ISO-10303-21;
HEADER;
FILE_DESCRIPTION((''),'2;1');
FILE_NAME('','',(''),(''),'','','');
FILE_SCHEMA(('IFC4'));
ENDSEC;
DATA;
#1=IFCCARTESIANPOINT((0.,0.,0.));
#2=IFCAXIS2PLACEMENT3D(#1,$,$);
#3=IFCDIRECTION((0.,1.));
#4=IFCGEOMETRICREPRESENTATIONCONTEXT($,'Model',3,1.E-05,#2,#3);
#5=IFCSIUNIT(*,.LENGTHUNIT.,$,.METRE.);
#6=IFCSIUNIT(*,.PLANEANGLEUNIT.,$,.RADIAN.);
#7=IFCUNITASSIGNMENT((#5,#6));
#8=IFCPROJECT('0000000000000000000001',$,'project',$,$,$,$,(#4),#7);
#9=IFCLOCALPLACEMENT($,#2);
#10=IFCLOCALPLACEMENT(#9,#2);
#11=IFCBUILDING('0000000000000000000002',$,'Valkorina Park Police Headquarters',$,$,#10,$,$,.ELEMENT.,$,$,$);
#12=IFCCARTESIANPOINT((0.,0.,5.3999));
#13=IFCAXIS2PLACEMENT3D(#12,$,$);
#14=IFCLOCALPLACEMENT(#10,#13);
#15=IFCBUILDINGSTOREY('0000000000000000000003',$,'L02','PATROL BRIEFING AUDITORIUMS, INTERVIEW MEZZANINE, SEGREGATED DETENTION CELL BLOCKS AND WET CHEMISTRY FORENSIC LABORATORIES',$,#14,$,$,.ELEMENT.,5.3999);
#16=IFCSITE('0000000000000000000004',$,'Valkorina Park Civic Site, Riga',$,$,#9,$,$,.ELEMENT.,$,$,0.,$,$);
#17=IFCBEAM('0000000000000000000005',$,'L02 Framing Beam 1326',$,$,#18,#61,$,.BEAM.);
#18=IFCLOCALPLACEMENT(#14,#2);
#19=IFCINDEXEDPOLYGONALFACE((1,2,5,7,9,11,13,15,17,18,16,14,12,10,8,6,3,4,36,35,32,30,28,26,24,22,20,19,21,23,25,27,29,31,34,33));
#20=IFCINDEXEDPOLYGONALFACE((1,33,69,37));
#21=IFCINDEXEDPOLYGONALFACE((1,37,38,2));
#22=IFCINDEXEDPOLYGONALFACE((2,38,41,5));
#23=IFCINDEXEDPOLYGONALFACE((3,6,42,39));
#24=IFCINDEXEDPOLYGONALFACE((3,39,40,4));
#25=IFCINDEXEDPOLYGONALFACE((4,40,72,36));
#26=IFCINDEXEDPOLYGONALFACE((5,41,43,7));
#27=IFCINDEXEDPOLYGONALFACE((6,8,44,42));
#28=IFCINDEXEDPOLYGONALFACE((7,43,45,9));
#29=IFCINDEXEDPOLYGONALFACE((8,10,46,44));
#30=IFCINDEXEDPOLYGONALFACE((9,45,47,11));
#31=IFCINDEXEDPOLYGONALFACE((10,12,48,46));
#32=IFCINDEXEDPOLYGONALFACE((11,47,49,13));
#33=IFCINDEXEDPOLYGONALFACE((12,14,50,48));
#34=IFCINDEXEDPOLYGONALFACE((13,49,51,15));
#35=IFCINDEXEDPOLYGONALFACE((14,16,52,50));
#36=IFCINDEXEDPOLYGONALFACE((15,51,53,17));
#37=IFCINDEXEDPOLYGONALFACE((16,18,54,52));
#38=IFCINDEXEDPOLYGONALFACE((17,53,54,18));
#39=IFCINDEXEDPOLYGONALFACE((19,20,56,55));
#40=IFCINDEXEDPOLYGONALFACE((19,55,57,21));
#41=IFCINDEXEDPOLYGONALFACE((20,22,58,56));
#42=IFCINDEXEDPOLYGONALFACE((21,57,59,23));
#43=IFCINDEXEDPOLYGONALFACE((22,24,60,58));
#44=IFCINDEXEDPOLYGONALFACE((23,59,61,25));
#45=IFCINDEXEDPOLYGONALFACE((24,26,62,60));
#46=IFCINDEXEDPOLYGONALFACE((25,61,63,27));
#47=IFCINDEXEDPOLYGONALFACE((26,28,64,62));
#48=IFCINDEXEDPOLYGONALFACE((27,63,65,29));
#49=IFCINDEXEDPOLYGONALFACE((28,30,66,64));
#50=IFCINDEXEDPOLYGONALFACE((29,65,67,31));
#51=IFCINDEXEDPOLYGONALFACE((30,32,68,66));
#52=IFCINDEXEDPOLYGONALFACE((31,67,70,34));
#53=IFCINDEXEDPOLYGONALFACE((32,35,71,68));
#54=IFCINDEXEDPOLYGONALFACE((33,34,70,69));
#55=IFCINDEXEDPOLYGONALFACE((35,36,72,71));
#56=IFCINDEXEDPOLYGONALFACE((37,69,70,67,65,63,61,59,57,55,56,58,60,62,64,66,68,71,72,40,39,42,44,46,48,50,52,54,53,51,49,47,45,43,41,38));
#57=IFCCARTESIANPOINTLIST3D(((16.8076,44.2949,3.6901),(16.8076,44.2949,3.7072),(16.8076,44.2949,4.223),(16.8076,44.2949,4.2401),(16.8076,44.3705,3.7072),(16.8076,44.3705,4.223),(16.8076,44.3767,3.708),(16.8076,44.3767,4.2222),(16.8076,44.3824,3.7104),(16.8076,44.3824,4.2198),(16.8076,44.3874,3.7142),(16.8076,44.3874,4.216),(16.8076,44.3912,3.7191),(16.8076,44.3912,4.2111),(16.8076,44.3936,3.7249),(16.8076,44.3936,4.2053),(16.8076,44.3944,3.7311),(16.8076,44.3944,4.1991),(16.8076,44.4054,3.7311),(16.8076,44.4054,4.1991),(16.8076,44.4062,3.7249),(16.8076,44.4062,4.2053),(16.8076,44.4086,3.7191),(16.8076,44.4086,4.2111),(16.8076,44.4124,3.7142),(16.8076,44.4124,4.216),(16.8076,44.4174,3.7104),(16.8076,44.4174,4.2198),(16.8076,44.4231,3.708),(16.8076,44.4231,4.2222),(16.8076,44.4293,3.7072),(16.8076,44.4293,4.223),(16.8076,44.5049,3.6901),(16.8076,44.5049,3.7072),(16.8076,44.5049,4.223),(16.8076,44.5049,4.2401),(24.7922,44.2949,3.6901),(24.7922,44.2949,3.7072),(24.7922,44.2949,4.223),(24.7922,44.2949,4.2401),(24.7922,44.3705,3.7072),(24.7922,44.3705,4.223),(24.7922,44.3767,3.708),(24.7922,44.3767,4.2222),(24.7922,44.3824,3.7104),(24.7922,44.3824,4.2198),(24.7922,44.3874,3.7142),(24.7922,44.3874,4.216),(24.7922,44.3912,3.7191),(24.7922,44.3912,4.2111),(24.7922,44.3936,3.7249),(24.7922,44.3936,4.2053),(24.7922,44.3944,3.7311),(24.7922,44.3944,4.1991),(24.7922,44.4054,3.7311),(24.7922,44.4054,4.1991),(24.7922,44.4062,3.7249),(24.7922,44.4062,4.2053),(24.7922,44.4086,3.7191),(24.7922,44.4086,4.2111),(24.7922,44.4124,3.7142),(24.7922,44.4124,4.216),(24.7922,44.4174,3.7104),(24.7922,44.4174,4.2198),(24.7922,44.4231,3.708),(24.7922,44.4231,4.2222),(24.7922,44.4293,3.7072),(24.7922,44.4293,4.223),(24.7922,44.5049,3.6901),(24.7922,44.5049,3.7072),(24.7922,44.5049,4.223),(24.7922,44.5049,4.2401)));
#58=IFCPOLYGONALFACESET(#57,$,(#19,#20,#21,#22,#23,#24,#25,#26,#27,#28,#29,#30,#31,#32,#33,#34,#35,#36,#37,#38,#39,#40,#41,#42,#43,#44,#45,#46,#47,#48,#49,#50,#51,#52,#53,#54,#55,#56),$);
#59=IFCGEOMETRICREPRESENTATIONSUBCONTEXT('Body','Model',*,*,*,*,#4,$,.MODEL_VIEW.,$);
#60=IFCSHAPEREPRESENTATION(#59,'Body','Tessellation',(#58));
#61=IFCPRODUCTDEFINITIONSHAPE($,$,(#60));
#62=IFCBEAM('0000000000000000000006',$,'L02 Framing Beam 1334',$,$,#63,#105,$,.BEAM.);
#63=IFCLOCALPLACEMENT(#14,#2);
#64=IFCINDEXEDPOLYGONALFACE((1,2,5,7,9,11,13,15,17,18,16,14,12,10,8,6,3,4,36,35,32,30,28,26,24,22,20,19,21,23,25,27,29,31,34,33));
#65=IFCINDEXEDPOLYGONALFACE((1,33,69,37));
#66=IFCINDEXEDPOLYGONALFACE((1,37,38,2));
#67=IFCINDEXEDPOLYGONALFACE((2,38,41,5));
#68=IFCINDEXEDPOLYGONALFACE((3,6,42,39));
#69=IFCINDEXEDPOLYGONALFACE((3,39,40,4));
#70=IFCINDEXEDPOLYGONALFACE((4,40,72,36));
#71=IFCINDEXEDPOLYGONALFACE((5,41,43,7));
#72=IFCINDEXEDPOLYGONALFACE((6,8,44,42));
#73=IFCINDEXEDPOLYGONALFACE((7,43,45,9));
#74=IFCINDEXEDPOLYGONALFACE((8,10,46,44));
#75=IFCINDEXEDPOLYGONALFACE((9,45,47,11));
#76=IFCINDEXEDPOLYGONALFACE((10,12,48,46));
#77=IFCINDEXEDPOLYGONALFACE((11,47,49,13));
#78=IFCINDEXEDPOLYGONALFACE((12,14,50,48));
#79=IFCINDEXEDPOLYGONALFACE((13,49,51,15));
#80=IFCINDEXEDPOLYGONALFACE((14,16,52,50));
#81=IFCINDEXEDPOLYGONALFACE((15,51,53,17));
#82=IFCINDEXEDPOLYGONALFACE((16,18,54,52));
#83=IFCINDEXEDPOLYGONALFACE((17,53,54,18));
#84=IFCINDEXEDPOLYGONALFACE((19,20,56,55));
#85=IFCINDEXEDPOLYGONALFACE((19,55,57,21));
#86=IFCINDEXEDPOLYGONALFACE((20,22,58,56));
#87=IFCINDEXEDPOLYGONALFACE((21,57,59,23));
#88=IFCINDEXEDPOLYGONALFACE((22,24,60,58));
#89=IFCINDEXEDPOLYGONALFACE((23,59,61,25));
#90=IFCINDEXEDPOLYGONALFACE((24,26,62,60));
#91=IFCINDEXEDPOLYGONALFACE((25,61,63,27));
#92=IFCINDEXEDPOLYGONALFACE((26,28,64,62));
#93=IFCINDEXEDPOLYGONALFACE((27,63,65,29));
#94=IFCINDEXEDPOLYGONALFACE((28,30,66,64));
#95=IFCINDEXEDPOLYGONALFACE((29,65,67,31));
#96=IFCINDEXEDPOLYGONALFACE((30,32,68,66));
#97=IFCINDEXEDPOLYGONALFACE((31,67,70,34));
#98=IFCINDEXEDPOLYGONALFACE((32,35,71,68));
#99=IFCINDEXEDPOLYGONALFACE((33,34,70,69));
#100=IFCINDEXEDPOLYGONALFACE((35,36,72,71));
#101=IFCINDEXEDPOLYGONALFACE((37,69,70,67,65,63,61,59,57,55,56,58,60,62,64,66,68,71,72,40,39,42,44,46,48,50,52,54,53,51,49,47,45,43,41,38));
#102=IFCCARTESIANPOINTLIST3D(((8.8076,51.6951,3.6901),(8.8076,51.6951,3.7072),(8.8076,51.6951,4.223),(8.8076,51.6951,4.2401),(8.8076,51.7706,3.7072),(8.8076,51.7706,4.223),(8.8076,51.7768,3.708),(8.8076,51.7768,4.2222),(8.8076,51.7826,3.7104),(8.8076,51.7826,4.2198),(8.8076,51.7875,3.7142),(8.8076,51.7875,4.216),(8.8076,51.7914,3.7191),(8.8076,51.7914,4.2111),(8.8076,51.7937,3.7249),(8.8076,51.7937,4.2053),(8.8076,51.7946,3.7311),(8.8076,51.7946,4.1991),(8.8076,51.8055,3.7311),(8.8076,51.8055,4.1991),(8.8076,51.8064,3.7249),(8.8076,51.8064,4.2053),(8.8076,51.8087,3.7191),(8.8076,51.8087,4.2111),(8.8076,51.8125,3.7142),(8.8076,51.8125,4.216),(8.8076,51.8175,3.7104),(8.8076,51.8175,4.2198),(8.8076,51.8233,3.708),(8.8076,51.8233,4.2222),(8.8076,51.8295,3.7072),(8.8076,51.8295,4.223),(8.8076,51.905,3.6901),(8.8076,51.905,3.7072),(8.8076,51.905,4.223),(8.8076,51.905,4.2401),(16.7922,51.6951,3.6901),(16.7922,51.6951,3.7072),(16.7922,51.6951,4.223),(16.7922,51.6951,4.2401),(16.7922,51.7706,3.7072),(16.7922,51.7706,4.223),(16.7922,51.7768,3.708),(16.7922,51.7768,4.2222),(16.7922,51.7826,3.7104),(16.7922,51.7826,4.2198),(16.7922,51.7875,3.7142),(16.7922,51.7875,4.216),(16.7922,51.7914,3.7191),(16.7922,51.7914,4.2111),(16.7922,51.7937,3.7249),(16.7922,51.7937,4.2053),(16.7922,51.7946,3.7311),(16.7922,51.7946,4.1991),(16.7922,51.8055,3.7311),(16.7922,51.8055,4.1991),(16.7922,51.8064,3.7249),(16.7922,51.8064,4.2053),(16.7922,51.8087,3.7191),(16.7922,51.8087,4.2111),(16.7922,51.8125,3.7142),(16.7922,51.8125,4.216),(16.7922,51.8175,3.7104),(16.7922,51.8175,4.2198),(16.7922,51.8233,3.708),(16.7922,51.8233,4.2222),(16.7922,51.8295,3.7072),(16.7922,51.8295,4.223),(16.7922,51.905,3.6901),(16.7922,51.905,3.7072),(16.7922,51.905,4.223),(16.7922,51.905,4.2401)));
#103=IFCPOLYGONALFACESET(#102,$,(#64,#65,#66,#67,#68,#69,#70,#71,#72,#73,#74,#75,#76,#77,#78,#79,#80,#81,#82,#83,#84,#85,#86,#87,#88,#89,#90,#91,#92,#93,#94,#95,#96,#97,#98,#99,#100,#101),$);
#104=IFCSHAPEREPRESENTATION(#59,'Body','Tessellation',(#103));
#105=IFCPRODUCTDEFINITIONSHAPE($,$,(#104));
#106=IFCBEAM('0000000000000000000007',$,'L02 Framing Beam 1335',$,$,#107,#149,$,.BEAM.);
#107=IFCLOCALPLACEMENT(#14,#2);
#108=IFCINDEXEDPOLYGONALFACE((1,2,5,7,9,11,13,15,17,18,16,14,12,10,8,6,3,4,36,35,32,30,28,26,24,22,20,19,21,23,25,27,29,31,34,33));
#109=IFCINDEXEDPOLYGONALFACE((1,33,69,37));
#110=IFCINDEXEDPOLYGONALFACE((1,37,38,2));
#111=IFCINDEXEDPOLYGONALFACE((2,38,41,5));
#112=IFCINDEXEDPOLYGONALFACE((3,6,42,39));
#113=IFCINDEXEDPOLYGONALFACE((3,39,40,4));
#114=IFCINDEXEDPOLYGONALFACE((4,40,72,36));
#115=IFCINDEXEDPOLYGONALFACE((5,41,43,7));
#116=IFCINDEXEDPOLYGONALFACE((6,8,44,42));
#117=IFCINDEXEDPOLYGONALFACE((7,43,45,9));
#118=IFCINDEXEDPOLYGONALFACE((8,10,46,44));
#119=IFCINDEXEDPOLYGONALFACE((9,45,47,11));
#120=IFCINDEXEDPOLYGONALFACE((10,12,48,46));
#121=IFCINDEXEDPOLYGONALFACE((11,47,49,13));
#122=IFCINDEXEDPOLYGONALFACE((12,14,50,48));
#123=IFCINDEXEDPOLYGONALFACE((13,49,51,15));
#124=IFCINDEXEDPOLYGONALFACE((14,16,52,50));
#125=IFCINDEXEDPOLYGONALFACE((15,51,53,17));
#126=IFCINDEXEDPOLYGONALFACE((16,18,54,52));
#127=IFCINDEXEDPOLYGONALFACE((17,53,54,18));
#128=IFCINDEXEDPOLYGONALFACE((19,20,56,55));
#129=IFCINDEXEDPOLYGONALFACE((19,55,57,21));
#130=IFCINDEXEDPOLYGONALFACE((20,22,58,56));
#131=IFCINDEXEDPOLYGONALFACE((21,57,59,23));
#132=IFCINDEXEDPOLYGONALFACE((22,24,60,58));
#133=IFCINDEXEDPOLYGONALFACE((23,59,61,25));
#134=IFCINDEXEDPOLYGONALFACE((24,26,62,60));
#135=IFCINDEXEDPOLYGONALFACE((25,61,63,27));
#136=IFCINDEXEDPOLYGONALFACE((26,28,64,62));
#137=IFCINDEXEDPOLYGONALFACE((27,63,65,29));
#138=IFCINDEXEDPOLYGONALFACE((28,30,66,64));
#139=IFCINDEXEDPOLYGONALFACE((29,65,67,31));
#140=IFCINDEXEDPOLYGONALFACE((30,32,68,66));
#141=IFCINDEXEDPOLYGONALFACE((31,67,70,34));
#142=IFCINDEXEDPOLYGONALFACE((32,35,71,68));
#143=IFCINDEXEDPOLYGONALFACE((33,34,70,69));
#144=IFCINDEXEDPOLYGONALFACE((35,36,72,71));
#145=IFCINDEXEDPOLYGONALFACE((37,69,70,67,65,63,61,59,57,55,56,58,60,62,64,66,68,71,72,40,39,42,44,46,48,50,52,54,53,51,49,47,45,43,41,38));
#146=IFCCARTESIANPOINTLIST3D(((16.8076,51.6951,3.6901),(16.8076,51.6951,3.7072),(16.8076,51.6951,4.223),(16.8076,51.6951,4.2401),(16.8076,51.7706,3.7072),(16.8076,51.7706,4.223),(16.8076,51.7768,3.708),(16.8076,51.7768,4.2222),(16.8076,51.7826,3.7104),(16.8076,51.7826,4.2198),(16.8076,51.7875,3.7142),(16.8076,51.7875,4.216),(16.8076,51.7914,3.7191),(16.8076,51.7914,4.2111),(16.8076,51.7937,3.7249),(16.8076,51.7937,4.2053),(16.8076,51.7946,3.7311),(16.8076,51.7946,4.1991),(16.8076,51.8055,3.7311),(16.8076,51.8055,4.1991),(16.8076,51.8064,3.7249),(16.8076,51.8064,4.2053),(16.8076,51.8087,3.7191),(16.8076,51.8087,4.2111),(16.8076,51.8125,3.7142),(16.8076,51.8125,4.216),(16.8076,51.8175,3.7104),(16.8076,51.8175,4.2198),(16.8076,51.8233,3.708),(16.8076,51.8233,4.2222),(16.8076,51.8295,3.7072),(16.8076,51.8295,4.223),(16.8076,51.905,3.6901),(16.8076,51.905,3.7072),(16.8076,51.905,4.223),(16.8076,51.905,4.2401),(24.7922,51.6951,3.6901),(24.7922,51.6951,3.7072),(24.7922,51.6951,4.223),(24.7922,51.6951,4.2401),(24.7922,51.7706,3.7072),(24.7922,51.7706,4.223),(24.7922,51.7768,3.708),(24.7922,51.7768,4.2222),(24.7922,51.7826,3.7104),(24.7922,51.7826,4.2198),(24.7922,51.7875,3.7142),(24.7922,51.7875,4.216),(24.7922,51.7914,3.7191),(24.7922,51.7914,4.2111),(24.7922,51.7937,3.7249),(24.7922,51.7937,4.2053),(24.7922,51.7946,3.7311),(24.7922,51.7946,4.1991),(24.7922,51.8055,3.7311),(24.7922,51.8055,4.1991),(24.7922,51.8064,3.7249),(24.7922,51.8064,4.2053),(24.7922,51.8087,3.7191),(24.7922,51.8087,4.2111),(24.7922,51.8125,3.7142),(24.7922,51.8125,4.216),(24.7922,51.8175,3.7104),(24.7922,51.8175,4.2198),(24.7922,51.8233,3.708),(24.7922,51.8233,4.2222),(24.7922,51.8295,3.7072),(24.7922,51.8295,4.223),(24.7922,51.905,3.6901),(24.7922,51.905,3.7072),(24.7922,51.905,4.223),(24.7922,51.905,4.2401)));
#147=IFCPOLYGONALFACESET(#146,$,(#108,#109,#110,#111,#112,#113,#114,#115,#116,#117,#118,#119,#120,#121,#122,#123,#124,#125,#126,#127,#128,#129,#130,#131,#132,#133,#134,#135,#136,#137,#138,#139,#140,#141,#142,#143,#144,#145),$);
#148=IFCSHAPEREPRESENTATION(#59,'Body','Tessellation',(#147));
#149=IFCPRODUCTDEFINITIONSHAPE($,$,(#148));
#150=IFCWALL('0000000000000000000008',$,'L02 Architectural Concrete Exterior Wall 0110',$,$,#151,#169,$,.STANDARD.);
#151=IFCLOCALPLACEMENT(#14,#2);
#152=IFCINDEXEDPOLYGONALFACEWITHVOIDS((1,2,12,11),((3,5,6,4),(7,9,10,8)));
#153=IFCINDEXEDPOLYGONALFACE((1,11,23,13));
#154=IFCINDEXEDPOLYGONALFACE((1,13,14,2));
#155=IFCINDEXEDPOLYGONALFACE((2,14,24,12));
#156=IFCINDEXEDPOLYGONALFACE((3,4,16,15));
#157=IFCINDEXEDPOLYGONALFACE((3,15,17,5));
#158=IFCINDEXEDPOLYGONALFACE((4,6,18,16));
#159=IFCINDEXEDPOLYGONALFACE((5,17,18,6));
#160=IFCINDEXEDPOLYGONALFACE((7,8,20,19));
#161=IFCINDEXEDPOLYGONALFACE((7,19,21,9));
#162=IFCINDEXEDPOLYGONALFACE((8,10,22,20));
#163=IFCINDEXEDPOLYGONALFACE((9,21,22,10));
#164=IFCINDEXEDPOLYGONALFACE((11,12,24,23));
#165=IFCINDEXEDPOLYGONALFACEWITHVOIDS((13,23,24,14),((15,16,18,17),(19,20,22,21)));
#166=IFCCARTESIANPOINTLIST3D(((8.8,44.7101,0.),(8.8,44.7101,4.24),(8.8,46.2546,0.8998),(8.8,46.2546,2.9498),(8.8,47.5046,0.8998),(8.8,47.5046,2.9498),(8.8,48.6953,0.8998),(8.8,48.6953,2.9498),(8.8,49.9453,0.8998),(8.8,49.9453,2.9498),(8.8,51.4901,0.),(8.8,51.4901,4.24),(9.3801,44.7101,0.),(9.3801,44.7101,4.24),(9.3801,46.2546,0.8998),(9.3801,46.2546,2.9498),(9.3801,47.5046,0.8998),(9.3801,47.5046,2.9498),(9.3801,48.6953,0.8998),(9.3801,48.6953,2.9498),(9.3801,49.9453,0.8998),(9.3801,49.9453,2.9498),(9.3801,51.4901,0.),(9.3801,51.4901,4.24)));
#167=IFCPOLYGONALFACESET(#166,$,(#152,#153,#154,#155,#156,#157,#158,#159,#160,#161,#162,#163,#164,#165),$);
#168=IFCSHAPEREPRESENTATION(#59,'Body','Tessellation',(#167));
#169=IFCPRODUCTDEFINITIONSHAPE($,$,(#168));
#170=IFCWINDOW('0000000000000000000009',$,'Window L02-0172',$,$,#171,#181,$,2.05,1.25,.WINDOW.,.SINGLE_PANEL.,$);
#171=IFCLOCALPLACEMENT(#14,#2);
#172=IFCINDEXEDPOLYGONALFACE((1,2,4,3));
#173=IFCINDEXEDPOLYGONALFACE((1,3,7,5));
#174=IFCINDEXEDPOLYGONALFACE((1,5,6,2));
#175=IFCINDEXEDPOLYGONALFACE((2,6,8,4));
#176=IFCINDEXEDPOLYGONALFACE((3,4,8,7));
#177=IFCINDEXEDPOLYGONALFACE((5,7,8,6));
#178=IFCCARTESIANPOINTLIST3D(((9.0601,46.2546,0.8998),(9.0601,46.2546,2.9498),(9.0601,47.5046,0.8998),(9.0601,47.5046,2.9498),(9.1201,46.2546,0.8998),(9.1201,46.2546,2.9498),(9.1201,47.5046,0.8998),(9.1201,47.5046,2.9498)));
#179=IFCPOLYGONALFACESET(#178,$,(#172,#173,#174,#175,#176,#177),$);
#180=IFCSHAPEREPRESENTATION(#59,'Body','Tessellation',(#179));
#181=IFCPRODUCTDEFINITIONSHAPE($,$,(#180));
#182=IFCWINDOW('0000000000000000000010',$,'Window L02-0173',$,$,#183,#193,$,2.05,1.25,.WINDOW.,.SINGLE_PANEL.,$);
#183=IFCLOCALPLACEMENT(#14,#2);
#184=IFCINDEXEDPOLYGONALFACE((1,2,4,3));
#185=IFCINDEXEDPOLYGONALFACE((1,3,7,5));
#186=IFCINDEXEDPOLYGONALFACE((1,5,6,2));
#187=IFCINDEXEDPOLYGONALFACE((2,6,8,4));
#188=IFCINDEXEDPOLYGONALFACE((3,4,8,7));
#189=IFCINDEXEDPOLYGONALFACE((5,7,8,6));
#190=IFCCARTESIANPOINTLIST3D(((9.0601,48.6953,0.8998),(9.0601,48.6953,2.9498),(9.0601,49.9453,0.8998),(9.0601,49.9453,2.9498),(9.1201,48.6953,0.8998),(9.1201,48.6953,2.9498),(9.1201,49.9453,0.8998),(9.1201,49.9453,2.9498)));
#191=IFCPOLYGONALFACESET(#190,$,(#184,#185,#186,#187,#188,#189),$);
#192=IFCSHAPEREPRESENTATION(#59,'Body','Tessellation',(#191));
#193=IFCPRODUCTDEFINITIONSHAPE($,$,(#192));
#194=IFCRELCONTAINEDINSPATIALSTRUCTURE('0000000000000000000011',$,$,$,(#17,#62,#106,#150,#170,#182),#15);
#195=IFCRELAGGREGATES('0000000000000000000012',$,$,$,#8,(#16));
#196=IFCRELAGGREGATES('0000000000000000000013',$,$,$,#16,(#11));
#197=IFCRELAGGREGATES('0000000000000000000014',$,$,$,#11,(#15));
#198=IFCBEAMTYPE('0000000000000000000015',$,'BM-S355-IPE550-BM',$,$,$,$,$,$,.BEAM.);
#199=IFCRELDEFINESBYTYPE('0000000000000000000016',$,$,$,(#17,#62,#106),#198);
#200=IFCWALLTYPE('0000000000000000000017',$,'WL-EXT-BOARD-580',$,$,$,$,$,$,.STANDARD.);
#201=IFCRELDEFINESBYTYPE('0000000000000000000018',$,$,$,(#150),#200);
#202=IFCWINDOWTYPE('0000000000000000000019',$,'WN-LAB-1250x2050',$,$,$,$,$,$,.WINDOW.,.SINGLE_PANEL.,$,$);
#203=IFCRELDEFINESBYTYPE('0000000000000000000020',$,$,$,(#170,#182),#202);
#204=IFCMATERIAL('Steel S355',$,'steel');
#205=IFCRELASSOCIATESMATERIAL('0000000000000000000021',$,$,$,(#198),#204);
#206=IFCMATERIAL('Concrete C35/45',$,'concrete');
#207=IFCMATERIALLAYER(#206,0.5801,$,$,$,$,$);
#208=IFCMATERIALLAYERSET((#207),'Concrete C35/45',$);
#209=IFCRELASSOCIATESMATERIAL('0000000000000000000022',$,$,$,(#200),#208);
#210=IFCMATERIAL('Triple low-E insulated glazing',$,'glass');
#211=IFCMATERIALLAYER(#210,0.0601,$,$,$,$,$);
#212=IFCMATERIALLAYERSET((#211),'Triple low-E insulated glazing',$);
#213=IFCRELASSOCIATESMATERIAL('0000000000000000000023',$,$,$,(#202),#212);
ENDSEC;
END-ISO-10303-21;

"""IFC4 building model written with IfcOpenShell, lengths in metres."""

from ifc_helpers import new_model, si_unit, direction, frame, frame_2d, origin, origin_2d, place, context, subcontext, project, spatial, rectangle, i_section, extrude, material, layer, layer_set, material_profile, profile_set, type_object, element, fill, save


model = new_model("IFC4")

# Units and contexts
model_context = context("Model", 3, precision=1e-05, world=origin(), true_north=direction((0.0, 1.0)))
body_context = subcontext(model_context, "Body", "Model", "MODEL_VIEW")
ifc_project = project(units=[si_unit("LENGTHUNIT", "METRE"), si_unit("PLANEANGLEUNIT", "RADIAN")], contexts=[model_context])

# Site, building, storey
site_placement = place(None, origin())
site = spatial("IfcSite", under=ifc_project, at=site_placement, Name="Valkorina Park Civic Site, Riga", CompositionType="ELEMENT", RefElevation=0.0)
building_placement = place(site_placement, origin())
building = spatial("IfcBuilding", under=site, at=building_placement, Name="Valkorina Park Police Headquarters", CompositionType="ELEMENT")
storey_placement = place(building_placement, frame((0.0, 0.0, 5.3999)))
storey = spatial("IfcBuildingStorey", under=building, at=storey_placement, Name="L02", Description="PATROL BRIEFING AUDITORIUMS, INTERVIEW MEZZANINE, SEGREGATED DETENTION CELL BLOCKS AND WET CHEMISTRY FORENSIC LABORATORIES", CompositionType="ELEMENT", Elevation=5.3999)

# Shared definitions
ifc_material_1 = material(Name="Steel S355", Category="steel")

# Beams
ifc_material_profile_1 = material_profile(ifc_material_1, i_section(OverallWidth=0.21, OverallDepth=0.55, WebThickness=0.011, FlangeThickness=0.0171, FilletRadius=0.0239, at=origin_2d()), Name="IPE 550")
ifc_profile_set_1 = profile_set([ifc_material_profile_1], Name="Steel S355")
beam_type_1 = type_object("IfcBeamType", Name="BM-S355-IPE550-BM", PredefinedType="BEAM", material=ifc_profile_set_1)
for number, where, z_axis, x_axis, name in (
    (1, (16.8076, 44.3999, 3.9651), (1.0, 0.0, 0.0), (0.0, 1.0, 0.0), "L02 Framing Beam 1326"),
    (2, (8.8076, 51.8, 3.9651), (1.0, 0.0, 0.0), (0.0, 1.0, 0.0), "L02 Framing Beam 1334"),
    (3, (16.8076, 51.8, 3.9651), (1.0, 0.0, 0.0), (0.0, 1.0, 0.0), "L02 Framing Beam 1335"),
):
    element("IfcBeam", number, at=place(storey_placement, frame(where, z_axis=z_axis, x_axis=x_axis)), inside=storey, type_object=beam_type_1, Name=name, PredefinedType="BEAM", context=body_context, shape_type="SweptSolid", body=[
        extrude(i_section(OverallWidth=0.21, OverallDepth=0.55, WebThickness=0.011, FlangeThickness=0.0171, FilletRadius=0.0239, at=origin_2d()), origin(), (0.0, 0.0, 1.0), 7.9846),
    ])

# Wall, openings, windows
ifc_material_2 = material(Name="Concrete C35/45", Category="concrete")
ifc_layer_1 = layer(ifc_material_2, 0.5801)
ifc_layer_set_1 = layer_set([ifc_layer_1], Name="Concrete C35/45")
wall_type_1 = type_object("IfcWallType", Name="WL-EXT-BOARD-580", PredefinedType="STANDARD", material=ifc_layer_set_1)
wall_1_placement = place(storey_placement, frame((9.0901, 44.71, 0.0), z_axis=(0.0, 0.0, 1.0), x_axis=(0.0, 1.0, 0.0)))
wall_1 = element("IfcWall", 4, at=wall_1_placement, inside=storey, type_object=wall_type_1, Name="L02 Architectural Concrete Exterior Wall 0110", PredefinedType="STANDARD", context=body_context, shape_type="SweptSolid", body=[
    extrude(rectangle(XDim=6.78, YDim=0.5801, at=frame_2d((3.3901, 0.0))), origin(), (0.0, 0.0, 1.0), 4.24),
])
opening_1_placement = place(wall_1_placement, frame((1.5447, 0.0, 0.8999)))
opening_1 = element("IfcOpeningElement", 5, at=opening_1_placement, cuts=wall_1, PredefinedType="OPENING", context=body_context, shape_type="SweptSolid", body=[
    extrude(rectangle(XDim=1.25, YDim=2.05, at=frame_2d((0.625, 1.0249))), frame((0.0, 0.3, 0.0), z_axis=(0.0, -1.0, 0.0), x_axis=(1.0, 0.0, 0.0)), (0.0, 0.0, 1.0), 0.6001),
])
opening_2_placement = place(wall_1_placement, frame((3.9854, 0.0, 0.8999)))
opening_2 = element("IfcOpeningElement", 6, at=opening_2_placement, cuts=wall_1, PredefinedType="OPENING", context=body_context, shape_type="SweptSolid", body=[
    extrude(rectangle(XDim=1.25, YDim=2.05, at=frame_2d((0.625, 1.0249))), frame((0.0, 0.3, 0.0), z_axis=(0.0, -1.0, 0.0), x_axis=(1.0, 0.0, 0.0)), (0.0, 0.0, 1.0), 0.6001),
])
ifc_material_3 = material(Name="Triple low-E insulated glazing", Category="glass")
ifc_layer_2 = layer(ifc_material_3, 0.0601)
ifc_layer_set_2 = layer_set([ifc_layer_2], Name="Triple low-E insulated glazing")
window_type_1 = type_object("IfcWindowType", Name="WN-LAB-1250x2050", PartitioningType="SINGLE_PANEL", PredefinedType="WINDOW", material=ifc_layer_set_2)
window_1_placement = place(opening_1_placement, origin())
window_1 = element("IfcWindow", 7, at=window_1_placement, inside=storey, type_object=window_type_1, Name="Window L02-0172", OverallHeight=2.05, OverallWidth=1.25, PartitioningType="SINGLE_PANEL", PredefinedType="WINDOW", context=body_context, shape_type="SweptSolid", body=[
    extrude(rectangle(XDim=1.25, YDim=2.05, at=frame_2d((0.625, 1.0249))), frame((0.0, 0.03, 0.0), z_axis=(0.0, -1.0, 0.0), x_axis=(1.0, 0.0, 0.0)), (0.0, 0.0, 1.0), 0.0601),
])
fill(opening_1, window_1)
window_2_placement = place(opening_2_placement, origin())
window_2 = element("IfcWindow", 8, at=window_2_placement, inside=storey, type_object=window_type_1, Name="Window L02-0173", OverallHeight=2.05, OverallWidth=1.25, PartitioningType="SINGLE_PANEL", PredefinedType="WINDOW", context=body_context, shape_type="SweptSolid", body=[
    extrude(rectangle(XDim=1.25, YDim=2.05, at=frame_2d((0.625, 1.0249))), frame((0.0, 0.03, 0.0), z_axis=(0.0, -1.0, 0.0), x_axis=(1.0, 0.0, 0.0)), (0.0, 0.0, 1.0), 0.0601),
])
fill(opening_2, window_2)

save(model, "model.ifc")
